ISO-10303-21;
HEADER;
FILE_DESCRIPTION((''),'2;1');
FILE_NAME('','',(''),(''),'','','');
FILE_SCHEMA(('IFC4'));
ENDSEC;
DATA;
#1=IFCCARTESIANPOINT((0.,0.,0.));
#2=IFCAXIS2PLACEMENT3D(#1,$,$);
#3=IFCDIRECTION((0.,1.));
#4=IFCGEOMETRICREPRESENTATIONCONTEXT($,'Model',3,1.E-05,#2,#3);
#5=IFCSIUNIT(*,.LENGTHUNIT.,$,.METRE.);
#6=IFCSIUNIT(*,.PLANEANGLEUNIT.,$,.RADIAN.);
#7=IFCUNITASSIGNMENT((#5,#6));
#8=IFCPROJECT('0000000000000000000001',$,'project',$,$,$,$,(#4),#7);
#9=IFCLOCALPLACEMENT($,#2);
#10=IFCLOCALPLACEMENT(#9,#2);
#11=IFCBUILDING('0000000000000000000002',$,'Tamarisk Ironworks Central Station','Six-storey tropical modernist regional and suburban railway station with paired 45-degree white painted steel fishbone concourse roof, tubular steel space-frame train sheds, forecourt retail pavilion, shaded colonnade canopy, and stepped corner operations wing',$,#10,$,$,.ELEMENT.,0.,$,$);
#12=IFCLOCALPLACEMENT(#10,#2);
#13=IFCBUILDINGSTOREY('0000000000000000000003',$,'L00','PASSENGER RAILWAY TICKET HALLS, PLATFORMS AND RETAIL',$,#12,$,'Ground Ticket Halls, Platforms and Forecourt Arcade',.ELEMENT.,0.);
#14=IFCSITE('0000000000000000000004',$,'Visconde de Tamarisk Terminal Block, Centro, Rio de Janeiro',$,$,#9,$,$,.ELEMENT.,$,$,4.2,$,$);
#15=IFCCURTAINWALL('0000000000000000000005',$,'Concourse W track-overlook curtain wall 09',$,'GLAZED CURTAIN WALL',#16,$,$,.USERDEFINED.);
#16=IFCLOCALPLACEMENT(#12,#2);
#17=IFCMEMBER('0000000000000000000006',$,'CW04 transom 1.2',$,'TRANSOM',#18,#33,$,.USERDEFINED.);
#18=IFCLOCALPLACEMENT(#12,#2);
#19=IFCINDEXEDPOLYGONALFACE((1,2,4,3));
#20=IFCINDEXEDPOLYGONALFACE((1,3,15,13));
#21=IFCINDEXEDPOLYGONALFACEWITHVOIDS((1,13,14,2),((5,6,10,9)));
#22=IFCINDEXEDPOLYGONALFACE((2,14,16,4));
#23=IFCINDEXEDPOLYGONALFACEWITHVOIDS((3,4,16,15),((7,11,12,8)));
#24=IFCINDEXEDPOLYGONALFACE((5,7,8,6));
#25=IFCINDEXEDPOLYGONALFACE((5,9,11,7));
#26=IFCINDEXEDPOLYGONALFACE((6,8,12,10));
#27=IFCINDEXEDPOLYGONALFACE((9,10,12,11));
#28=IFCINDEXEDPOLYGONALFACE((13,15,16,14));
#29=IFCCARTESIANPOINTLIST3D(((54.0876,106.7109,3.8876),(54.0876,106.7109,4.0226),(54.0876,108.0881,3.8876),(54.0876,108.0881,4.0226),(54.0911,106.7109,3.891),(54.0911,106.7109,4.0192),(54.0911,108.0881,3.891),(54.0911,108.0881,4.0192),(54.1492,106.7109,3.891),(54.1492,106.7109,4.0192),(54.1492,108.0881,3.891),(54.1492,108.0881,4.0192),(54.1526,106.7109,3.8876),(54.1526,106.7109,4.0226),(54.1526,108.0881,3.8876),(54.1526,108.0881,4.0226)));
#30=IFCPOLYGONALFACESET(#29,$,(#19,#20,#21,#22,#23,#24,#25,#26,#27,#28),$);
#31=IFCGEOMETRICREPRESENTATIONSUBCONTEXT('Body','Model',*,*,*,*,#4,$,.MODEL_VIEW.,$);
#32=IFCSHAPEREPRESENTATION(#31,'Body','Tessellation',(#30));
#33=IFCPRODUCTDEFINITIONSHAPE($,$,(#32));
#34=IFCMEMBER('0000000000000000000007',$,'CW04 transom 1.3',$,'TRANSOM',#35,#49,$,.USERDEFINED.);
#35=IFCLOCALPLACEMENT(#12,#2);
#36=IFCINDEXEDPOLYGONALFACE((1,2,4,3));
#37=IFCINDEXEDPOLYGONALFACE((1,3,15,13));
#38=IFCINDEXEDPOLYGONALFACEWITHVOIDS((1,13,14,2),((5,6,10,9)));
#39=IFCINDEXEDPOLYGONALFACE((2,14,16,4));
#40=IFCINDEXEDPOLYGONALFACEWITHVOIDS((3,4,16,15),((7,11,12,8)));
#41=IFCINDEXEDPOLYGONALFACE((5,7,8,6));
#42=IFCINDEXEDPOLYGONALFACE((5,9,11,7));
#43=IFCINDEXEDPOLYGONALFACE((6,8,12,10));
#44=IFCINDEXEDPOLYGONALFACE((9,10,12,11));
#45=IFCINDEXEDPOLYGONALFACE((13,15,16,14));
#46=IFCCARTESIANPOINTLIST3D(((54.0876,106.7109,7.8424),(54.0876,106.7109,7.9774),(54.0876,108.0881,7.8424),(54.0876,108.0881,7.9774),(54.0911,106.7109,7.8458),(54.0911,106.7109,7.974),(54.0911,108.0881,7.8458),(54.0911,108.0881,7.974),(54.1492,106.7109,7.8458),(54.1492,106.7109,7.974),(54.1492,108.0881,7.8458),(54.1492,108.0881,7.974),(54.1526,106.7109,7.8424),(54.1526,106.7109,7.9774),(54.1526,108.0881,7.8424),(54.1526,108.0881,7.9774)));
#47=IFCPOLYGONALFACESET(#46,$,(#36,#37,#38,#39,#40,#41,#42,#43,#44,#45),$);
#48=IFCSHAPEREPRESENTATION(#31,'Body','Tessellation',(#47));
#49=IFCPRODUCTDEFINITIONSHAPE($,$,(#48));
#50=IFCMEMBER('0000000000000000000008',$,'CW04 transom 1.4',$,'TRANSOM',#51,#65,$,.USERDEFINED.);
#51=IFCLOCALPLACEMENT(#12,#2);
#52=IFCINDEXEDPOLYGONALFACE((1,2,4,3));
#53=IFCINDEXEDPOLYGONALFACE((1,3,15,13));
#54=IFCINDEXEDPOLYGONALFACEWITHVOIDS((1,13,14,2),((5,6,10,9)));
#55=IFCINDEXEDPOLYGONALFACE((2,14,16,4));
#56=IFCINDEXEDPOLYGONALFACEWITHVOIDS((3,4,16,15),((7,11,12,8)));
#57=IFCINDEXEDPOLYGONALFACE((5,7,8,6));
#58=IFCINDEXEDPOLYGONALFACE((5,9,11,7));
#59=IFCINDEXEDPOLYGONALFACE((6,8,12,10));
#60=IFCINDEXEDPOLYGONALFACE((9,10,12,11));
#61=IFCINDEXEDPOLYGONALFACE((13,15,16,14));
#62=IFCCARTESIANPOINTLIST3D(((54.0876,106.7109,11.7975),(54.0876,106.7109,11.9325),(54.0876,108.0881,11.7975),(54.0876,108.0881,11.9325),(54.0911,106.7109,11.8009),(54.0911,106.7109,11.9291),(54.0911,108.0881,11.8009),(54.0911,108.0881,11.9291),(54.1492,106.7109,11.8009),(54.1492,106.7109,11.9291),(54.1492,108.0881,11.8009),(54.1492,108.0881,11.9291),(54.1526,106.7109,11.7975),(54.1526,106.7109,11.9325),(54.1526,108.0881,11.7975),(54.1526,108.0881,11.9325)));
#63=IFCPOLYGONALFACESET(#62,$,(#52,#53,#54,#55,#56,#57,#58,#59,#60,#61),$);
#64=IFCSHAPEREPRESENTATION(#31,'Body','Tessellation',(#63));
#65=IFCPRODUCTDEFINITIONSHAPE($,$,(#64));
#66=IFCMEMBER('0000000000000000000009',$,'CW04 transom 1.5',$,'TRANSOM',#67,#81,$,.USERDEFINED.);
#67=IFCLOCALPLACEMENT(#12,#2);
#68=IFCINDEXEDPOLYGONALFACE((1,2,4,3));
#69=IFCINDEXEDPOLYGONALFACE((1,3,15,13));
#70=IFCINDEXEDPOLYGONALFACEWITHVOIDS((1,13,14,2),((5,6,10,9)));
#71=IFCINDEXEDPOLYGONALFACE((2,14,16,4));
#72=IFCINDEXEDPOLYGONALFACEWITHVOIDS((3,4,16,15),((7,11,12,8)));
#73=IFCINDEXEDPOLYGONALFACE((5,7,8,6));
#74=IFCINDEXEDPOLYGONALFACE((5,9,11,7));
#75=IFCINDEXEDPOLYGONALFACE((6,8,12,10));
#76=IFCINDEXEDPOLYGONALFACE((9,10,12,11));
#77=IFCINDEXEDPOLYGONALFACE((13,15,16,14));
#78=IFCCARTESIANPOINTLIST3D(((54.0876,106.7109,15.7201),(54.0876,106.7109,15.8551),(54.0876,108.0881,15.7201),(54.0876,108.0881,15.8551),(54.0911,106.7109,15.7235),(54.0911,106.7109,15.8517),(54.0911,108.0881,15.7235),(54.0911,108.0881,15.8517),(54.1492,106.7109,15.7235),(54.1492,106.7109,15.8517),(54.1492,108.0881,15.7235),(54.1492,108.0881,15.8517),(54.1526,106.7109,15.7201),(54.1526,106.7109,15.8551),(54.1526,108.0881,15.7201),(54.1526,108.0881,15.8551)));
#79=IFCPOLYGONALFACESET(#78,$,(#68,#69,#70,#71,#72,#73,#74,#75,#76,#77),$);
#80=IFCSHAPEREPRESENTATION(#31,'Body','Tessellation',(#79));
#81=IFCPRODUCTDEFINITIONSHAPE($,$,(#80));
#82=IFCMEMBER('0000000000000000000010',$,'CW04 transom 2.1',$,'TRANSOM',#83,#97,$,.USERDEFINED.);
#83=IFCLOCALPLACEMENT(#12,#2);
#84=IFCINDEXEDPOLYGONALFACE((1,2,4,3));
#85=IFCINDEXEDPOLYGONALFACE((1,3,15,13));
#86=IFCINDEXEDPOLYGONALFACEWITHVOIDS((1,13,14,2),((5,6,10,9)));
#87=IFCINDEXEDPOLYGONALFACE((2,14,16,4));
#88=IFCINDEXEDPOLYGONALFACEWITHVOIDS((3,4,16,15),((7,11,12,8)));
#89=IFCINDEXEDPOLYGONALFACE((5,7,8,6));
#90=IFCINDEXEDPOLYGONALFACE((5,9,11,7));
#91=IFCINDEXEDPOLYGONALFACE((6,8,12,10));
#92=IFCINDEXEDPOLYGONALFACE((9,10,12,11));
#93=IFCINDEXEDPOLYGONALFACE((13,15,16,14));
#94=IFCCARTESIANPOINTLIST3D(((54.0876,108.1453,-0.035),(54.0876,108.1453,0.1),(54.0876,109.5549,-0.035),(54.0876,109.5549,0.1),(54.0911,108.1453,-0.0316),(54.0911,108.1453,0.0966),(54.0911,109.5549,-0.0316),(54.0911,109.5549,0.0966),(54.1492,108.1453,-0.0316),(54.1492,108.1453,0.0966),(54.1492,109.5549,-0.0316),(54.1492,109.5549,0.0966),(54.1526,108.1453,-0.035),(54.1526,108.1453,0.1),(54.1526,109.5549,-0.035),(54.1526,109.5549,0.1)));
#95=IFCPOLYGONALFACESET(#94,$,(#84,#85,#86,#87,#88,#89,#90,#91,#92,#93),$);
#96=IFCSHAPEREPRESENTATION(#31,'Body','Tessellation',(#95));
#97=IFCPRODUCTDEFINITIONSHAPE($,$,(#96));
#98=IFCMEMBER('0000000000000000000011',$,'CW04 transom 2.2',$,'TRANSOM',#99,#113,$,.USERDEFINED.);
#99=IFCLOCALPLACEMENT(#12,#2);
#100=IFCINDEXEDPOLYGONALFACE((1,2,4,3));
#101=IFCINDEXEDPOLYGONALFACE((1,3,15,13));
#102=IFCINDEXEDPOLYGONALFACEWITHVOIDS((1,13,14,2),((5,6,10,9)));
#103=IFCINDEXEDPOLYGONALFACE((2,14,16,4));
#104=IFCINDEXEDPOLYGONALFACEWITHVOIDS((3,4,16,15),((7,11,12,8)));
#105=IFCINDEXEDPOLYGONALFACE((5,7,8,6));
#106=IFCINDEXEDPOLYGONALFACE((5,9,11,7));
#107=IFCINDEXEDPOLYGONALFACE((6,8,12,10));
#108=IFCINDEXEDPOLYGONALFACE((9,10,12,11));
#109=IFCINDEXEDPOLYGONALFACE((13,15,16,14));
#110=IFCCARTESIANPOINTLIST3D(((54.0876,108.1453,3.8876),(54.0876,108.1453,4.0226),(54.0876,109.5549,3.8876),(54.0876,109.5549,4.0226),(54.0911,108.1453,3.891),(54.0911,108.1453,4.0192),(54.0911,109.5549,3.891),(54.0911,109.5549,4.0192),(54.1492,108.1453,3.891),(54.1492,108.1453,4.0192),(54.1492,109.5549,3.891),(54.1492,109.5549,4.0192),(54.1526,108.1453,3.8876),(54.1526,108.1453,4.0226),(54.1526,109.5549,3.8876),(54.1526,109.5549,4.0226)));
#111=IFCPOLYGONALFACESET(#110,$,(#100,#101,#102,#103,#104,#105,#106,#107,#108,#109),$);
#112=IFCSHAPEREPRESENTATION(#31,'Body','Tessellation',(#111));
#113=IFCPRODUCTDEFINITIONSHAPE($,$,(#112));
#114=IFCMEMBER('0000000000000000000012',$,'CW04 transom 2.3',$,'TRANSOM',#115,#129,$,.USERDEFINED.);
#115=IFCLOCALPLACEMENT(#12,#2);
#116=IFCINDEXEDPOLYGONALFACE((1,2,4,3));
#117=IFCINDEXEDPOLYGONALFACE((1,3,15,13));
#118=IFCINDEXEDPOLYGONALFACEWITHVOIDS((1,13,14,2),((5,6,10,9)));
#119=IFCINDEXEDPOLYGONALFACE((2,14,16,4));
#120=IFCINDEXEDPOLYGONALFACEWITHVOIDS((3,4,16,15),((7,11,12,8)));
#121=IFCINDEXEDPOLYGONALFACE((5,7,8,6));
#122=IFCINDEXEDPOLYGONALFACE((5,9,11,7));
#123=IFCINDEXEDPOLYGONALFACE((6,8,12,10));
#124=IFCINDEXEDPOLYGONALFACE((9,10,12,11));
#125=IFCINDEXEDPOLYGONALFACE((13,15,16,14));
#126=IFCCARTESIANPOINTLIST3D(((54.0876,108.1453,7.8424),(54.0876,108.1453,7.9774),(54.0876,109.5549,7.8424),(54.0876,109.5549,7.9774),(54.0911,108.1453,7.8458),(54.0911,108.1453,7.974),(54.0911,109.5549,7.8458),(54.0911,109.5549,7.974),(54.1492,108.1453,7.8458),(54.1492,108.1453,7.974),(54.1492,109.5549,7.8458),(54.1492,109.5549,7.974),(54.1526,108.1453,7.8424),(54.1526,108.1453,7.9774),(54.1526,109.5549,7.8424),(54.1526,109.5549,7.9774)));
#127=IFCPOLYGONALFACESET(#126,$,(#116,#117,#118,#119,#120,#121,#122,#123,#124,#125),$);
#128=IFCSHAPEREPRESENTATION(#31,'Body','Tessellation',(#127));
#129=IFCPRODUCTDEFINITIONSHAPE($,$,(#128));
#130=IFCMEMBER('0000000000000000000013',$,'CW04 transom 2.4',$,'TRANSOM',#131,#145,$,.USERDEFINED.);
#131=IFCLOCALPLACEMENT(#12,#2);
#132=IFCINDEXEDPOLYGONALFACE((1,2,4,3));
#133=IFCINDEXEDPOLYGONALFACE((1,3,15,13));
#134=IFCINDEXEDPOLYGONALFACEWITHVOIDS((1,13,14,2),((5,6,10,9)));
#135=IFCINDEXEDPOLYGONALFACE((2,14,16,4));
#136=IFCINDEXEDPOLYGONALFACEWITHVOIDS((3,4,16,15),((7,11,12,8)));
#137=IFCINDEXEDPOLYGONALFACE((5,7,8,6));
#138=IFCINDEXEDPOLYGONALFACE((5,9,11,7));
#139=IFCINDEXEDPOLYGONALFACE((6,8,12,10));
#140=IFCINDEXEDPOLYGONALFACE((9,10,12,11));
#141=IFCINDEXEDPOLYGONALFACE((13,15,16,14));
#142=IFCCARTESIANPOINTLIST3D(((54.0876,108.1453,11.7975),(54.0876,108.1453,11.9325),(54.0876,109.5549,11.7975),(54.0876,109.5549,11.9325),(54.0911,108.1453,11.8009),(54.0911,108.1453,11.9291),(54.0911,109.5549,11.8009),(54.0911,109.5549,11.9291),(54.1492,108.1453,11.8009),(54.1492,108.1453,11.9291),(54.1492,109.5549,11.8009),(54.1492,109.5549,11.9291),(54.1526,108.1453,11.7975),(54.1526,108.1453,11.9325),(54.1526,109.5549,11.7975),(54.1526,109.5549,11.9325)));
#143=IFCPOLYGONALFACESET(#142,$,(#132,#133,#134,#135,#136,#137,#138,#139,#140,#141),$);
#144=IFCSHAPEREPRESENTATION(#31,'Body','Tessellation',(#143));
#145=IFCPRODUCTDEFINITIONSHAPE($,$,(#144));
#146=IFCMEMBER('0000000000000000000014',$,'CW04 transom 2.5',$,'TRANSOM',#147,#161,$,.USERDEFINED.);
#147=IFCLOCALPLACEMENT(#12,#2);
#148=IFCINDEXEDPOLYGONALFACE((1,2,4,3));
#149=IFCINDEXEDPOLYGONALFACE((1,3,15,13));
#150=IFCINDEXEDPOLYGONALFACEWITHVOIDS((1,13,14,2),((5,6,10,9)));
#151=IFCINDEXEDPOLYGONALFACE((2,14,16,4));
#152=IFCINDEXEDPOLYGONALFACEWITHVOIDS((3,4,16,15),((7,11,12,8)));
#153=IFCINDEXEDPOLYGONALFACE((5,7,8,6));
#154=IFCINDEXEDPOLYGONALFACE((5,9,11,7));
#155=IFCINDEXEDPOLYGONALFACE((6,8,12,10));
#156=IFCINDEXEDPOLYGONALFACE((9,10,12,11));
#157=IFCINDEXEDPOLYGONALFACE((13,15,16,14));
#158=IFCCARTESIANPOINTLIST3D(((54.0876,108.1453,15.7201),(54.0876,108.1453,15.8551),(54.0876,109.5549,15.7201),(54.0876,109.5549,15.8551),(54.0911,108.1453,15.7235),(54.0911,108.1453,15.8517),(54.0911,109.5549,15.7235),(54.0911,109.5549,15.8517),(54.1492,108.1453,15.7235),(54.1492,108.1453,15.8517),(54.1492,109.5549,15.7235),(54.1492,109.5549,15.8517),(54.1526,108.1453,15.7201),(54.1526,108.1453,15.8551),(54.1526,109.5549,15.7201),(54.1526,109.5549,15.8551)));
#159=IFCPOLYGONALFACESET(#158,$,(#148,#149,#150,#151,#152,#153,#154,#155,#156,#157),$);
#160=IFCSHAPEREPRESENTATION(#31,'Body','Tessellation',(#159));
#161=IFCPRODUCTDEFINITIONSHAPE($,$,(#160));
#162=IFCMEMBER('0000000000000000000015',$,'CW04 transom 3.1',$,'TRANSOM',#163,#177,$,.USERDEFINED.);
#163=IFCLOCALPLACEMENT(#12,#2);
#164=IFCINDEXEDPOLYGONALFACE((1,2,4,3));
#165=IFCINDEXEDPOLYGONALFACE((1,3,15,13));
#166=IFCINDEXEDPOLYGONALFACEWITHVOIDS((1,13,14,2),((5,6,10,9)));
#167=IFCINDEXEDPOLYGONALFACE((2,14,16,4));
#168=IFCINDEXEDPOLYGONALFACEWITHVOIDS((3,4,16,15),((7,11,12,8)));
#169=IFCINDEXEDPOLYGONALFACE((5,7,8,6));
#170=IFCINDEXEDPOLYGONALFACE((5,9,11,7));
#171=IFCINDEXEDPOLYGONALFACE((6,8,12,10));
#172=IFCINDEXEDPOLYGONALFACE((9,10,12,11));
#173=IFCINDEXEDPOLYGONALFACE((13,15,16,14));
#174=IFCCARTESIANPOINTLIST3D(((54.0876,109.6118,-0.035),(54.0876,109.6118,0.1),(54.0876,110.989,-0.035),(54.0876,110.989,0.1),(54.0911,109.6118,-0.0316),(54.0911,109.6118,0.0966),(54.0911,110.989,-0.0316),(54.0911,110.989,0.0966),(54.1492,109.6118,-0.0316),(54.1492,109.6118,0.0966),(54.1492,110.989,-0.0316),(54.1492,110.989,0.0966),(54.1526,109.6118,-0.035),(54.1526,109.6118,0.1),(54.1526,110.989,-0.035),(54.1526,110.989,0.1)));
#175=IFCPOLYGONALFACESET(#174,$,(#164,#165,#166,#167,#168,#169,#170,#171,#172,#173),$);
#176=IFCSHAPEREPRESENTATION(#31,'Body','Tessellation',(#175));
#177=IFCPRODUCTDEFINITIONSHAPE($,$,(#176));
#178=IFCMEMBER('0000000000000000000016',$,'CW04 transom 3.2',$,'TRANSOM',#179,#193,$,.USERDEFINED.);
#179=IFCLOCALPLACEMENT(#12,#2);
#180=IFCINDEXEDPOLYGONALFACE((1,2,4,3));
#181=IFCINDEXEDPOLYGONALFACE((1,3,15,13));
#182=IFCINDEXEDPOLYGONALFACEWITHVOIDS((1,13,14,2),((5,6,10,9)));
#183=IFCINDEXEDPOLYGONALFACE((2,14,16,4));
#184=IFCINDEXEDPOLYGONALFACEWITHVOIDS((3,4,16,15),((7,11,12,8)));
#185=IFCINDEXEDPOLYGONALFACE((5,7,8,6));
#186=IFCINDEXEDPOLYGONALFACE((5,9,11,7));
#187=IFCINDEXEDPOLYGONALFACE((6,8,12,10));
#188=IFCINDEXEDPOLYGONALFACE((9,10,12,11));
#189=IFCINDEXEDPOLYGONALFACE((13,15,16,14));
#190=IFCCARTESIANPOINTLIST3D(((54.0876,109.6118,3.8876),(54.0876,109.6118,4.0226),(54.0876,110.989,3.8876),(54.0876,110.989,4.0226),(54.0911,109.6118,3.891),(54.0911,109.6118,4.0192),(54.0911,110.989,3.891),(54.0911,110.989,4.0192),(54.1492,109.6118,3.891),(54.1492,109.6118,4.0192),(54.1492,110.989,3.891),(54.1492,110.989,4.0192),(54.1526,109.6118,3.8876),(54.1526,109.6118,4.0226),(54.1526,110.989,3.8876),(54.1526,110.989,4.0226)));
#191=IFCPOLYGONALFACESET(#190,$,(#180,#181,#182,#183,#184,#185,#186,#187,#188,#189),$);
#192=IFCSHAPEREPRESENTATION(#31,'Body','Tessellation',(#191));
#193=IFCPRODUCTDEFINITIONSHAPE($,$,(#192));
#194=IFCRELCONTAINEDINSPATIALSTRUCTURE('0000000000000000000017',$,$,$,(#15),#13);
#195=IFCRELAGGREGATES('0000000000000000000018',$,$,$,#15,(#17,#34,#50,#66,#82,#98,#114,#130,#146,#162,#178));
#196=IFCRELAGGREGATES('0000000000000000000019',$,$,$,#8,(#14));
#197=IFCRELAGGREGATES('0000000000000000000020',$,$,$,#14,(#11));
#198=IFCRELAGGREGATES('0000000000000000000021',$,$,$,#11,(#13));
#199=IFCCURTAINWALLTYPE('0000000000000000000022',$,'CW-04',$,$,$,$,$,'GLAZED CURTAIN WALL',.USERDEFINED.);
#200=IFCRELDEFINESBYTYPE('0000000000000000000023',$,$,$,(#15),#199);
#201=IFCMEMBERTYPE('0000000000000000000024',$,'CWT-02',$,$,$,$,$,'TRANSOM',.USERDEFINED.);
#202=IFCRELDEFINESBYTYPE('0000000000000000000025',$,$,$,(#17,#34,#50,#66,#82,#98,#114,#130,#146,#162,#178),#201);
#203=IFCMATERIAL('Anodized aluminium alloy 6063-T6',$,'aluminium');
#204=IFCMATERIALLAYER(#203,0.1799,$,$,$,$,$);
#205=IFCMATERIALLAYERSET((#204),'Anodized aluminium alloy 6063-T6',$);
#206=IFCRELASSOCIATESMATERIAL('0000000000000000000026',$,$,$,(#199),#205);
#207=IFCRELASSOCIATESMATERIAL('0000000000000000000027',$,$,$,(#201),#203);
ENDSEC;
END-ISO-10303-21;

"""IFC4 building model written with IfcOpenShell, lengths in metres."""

from ifc_helpers import new_model, si_unit, direction, frame, origin, origin_2d, place, context, subcontext, project, spatial, hollow_rectangle, extrude, material, layer, layer_set, material_profile, profile_set, type_object, element, aggregate, save


model = new_model("IFC4")

# Units and contexts
model_context = context("Model", 3, precision=1e-05, world=origin(), true_north=direction((0.0, 1.0)))
body_context = subcontext(model_context, "Body", "Model", "MODEL_VIEW")
ifc_project = project(units=[si_unit("LENGTHUNIT", "METRE"), si_unit("PLANEANGLEUNIT", "RADIAN")], contexts=[model_context])

# Site, building, storey
site_placement = place(None, origin())
site = spatial("IfcSite", under=ifc_project, at=site_placement, Name="Visconde de Tamarisk Terminal Block, Centro, Rio de Janeiro", CompositionType="ELEMENT", RefElevation=4.2)
building_placement = place(site_placement, origin())
building = spatial("IfcBuilding", under=site, at=building_placement, Name="Tamarisk Ironworks Central Station", Description="Six-storey tropical modernist regional and suburban railway station with paired 45-degree white painted steel fishbone concourse roof, tubular steel space-frame train sheds, forecourt retail pavilion, shaded colonnade canopy, and stepped corner operations wing", CompositionType="ELEMENT", ElevationOfRefHeight=0.0)
storey_placement = place(building_placement, origin())
storey = spatial("IfcBuildingStorey", under=building, at=storey_placement, Name="L00", Description="PASSENGER RAILWAY TICKET HALLS, PLATFORMS AND RETAIL", LongName="Ground Ticket Halls, Platforms and Forecourt Arcade", CompositionType="ELEMENT", Elevation=0.0)

# Curtain wall, members
ifc_material = material(Name="Anodized aluminium alloy 6063-T6", Category="aluminium")
ifc_layer_1 = layer(ifc_material, 0.1799)
ifc_layer_set_1 = layer_set([ifc_layer_1], Name="Anodized aluminium alloy 6063-T6")
curtain_wall_type = type_object("IfcCurtainWallType", Name="CW-04", ElementType="GLAZED CURTAIN WALL", PredefinedType="USERDEFINED", material=ifc_layer_set_1)
curtain_wall_placement = place(storey_placement, origin())
curtain_wall = element("IfcCurtainWall", 1, at=curtain_wall_placement, inside=storey, type_object=curtain_wall_type, Name="Concourse W track-overlook curtain wall 09", ObjectType="GLAZED CURTAIN WALL", PredefinedType="USERDEFINED")
ifc_material_profile = material_profile(ifc_material, hollow_rectangle(XDim=0.0649, YDim=0.135, WallThickness=0.0034, at=origin_2d()), Name="ALUM 135x65")
ifc_profile_set = profile_set([ifc_material_profile], Name="Anodized aluminium alloy 6063-T6")
member_type = type_object("IfcMemberType", Name="CWT-02", ElementType="TRANSOM", PredefinedType="USERDEFINED", material=ifc_profile_set)
member_1_placement = place(storey_placement, frame((54.1201, 106.7109, 3.9551), z_axis=(0.0, 1.0, 0.0), x_axis=(-1.0, 0.0, 0.0)))
member_1 = element("IfcMember", 2, at=member_1_placement, type_object=member_type, Name="CW04 transom 1.2", ObjectType="TRANSOM", PredefinedType="USERDEFINED", context=body_context, shape_type="SweptSolid", body=[
    extrude(hollow_rectangle(XDim=0.0649, YDim=0.135, WallThickness=0.0034, at=origin_2d()), origin(), (0.0, 0.0, 1.0), 1.3772),
])
member_2_placement = place(storey_placement, frame((54.1201, 106.7109, 7.9099), z_axis=(0.0, 1.0, 0.0), x_axis=(-1.0, 0.0, 0.0)))
member_2 = element("IfcMember", 3, at=member_2_placement, type_object=member_type, Name="CW04 transom 1.3", ObjectType="TRANSOM", PredefinedType="USERDEFINED", context=body_context, shape_type="SweptSolid", body=[
    extrude(hollow_rectangle(XDim=0.0649, YDim=0.135, WallThickness=0.0034, at=origin_2d()), origin(), (0.0, 0.0, 1.0), 1.3772),
])
member_3_placement = place(storey_placement, frame((54.1201, 106.7109, 11.865), z_axis=(0.0, 1.0, 0.0), x_axis=(-1.0, 0.0, 0.0)))
member_3 = element("IfcMember", 4, at=member_3_placement, type_object=member_type, Name="CW04 transom 1.4", ObjectType="TRANSOM", PredefinedType="USERDEFINED", context=body_context, shape_type="SweptSolid", body=[
    extrude(hollow_rectangle(XDim=0.0649, YDim=0.135, WallThickness=0.0034, at=origin_2d()), origin(), (0.0, 0.0, 1.0), 1.3772),
])
member_4_placement = place(storey_placement, frame((54.1201, 106.7109, 15.7876), z_axis=(0.0, 1.0, 0.0), x_axis=(-1.0, 0.0, 0.0)))
member_4 = element("IfcMember", 5, at=member_4_placement, type_object=member_type, Name="CW04 transom 1.5", ObjectType="TRANSOM", PredefinedType="USERDEFINED", context=body_context, shape_type="SweptSolid", body=[
    extrude(hollow_rectangle(XDim=0.0649, YDim=0.135, WallThickness=0.0034, at=origin_2d()), origin(), (0.0, 0.0, 1.0), 1.3772),
])
member_5_placement = place(storey_placement, frame((54.1201, 108.1453, 0.0325), z_axis=(0.0, 1.0, 0.0), x_axis=(-1.0, 0.0, 0.0)))
member_5 = element("IfcMember", 6, at=member_5_placement, type_object=member_type, Name="CW04 transom 2.1", ObjectType="TRANSOM", PredefinedType="USERDEFINED", context=body_context, shape_type="SweptSolid", body=[
    extrude(hollow_rectangle(XDim=0.0649, YDim=0.135, WallThickness=0.0034, at=origin_2d()), origin(), (0.0, 0.0, 1.0), 1.4097),
])
member_6_placement = place(storey_placement, frame((54.1201, 108.1453, 3.9551), z_axis=(0.0, 1.0, 0.0), x_axis=(-1.0, 0.0, 0.0)))
member_6 = element("IfcMember", 7, at=member_6_placement, type_object=member_type, Name="CW04 transom 2.2", ObjectType="TRANSOM", PredefinedType="USERDEFINED", context=body_context, shape_type="SweptSolid", body=[
    extrude(hollow_rectangle(XDim=0.0649, YDim=0.135, WallThickness=0.0034, at=origin_2d()), origin(), (0.0, 0.0, 1.0), 1.4097),
])
member_7_placement = place(storey_placement, frame((54.1201, 108.1453, 7.9099), z_axis=(0.0, 1.0, 0.0), x_axis=(-1.0, 0.0, 0.0)))
member_7 = element("IfcMember", 8, at=member_7_placement, type_object=member_type, Name="CW04 transom 2.3", ObjectType="TRANSOM", PredefinedType="USERDEFINED", context=body_context, shape_type="SweptSolid", body=[
    extrude(hollow_rectangle(XDim=0.0649, YDim=0.135, WallThickness=0.0034, at=origin_2d()), origin(), (0.0, 0.0, 1.0), 1.4097),
])
member_8_placement = place(storey_placement, frame((54.1201, 108.1453, 11.865), z_axis=(0.0, 1.0, 0.0), x_axis=(-1.0, 0.0, 0.0)))
member_8 = element("IfcMember", 9, at=member_8_placement, type_object=member_type, Name="CW04 transom 2.4", ObjectType="TRANSOM", PredefinedType="USERDEFINED", context=body_context, shape_type="SweptSolid", body=[
    extrude(hollow_rectangle(XDim=0.0649, YDim=0.135, WallThickness=0.0034, at=origin_2d()), origin(), (0.0, 0.0, 1.0), 1.4097),
])
member_9_placement = place(storey_placement, frame((54.1201, 108.1453, 15.7876), z_axis=(0.0, 1.0, 0.0), x_axis=(-1.0, 0.0, 0.0)))
member_9 = element("IfcMember", 10, at=member_9_placement, type_object=member_type, Name="CW04 transom 2.5", ObjectType="TRANSOM", PredefinedType="USERDEFINED", context=body_context, shape_type="SweptSolid", body=[
    extrude(hollow_rectangle(XDim=0.0649, YDim=0.135, WallThickness=0.0034, at=origin_2d()), origin(), (0.0, 0.0, 1.0), 1.4097),
])
member_10_placement = place(storey_placement, frame((54.1201, 109.6118, 0.0325), z_axis=(0.0, 1.0, 0.0), x_axis=(-1.0, 0.0, 0.0)))
member_10 = element("IfcMember", 11, at=member_10_placement, type_object=member_type, Name="CW04 transom 3.1", ObjectType="TRANSOM", PredefinedType="USERDEFINED", context=body_context, shape_type="SweptSolid", body=[
    extrude(hollow_rectangle(XDim=0.0649, YDim=0.135, WallThickness=0.0034, at=origin_2d()), origin(), (0.0, 0.0, 1.0), 1.3772),
])
member_11_placement = place(storey_placement, frame((54.1201, 109.6118, 3.9551), z_axis=(0.0, 1.0, 0.0), x_axis=(-1.0, 0.0, 0.0)))
member_11 = element("IfcMember", 12, at=member_11_placement, type_object=member_type, Name="CW04 transom 3.2", ObjectType="TRANSOM", PredefinedType="USERDEFINED", context=body_context, shape_type="SweptSolid", body=[
    extrude(hollow_rectangle(XDim=0.0649, YDim=0.135, WallThickness=0.0034, at=origin_2d()), origin(), (0.0, 0.0, 1.0), 1.3772),
])
aggregate(curtain_wall, [member_1, member_2, member_3, member_4, member_5, member_6, member_7, member_8, member_9, member_10, member_11])

save(model, "model.ifc")
